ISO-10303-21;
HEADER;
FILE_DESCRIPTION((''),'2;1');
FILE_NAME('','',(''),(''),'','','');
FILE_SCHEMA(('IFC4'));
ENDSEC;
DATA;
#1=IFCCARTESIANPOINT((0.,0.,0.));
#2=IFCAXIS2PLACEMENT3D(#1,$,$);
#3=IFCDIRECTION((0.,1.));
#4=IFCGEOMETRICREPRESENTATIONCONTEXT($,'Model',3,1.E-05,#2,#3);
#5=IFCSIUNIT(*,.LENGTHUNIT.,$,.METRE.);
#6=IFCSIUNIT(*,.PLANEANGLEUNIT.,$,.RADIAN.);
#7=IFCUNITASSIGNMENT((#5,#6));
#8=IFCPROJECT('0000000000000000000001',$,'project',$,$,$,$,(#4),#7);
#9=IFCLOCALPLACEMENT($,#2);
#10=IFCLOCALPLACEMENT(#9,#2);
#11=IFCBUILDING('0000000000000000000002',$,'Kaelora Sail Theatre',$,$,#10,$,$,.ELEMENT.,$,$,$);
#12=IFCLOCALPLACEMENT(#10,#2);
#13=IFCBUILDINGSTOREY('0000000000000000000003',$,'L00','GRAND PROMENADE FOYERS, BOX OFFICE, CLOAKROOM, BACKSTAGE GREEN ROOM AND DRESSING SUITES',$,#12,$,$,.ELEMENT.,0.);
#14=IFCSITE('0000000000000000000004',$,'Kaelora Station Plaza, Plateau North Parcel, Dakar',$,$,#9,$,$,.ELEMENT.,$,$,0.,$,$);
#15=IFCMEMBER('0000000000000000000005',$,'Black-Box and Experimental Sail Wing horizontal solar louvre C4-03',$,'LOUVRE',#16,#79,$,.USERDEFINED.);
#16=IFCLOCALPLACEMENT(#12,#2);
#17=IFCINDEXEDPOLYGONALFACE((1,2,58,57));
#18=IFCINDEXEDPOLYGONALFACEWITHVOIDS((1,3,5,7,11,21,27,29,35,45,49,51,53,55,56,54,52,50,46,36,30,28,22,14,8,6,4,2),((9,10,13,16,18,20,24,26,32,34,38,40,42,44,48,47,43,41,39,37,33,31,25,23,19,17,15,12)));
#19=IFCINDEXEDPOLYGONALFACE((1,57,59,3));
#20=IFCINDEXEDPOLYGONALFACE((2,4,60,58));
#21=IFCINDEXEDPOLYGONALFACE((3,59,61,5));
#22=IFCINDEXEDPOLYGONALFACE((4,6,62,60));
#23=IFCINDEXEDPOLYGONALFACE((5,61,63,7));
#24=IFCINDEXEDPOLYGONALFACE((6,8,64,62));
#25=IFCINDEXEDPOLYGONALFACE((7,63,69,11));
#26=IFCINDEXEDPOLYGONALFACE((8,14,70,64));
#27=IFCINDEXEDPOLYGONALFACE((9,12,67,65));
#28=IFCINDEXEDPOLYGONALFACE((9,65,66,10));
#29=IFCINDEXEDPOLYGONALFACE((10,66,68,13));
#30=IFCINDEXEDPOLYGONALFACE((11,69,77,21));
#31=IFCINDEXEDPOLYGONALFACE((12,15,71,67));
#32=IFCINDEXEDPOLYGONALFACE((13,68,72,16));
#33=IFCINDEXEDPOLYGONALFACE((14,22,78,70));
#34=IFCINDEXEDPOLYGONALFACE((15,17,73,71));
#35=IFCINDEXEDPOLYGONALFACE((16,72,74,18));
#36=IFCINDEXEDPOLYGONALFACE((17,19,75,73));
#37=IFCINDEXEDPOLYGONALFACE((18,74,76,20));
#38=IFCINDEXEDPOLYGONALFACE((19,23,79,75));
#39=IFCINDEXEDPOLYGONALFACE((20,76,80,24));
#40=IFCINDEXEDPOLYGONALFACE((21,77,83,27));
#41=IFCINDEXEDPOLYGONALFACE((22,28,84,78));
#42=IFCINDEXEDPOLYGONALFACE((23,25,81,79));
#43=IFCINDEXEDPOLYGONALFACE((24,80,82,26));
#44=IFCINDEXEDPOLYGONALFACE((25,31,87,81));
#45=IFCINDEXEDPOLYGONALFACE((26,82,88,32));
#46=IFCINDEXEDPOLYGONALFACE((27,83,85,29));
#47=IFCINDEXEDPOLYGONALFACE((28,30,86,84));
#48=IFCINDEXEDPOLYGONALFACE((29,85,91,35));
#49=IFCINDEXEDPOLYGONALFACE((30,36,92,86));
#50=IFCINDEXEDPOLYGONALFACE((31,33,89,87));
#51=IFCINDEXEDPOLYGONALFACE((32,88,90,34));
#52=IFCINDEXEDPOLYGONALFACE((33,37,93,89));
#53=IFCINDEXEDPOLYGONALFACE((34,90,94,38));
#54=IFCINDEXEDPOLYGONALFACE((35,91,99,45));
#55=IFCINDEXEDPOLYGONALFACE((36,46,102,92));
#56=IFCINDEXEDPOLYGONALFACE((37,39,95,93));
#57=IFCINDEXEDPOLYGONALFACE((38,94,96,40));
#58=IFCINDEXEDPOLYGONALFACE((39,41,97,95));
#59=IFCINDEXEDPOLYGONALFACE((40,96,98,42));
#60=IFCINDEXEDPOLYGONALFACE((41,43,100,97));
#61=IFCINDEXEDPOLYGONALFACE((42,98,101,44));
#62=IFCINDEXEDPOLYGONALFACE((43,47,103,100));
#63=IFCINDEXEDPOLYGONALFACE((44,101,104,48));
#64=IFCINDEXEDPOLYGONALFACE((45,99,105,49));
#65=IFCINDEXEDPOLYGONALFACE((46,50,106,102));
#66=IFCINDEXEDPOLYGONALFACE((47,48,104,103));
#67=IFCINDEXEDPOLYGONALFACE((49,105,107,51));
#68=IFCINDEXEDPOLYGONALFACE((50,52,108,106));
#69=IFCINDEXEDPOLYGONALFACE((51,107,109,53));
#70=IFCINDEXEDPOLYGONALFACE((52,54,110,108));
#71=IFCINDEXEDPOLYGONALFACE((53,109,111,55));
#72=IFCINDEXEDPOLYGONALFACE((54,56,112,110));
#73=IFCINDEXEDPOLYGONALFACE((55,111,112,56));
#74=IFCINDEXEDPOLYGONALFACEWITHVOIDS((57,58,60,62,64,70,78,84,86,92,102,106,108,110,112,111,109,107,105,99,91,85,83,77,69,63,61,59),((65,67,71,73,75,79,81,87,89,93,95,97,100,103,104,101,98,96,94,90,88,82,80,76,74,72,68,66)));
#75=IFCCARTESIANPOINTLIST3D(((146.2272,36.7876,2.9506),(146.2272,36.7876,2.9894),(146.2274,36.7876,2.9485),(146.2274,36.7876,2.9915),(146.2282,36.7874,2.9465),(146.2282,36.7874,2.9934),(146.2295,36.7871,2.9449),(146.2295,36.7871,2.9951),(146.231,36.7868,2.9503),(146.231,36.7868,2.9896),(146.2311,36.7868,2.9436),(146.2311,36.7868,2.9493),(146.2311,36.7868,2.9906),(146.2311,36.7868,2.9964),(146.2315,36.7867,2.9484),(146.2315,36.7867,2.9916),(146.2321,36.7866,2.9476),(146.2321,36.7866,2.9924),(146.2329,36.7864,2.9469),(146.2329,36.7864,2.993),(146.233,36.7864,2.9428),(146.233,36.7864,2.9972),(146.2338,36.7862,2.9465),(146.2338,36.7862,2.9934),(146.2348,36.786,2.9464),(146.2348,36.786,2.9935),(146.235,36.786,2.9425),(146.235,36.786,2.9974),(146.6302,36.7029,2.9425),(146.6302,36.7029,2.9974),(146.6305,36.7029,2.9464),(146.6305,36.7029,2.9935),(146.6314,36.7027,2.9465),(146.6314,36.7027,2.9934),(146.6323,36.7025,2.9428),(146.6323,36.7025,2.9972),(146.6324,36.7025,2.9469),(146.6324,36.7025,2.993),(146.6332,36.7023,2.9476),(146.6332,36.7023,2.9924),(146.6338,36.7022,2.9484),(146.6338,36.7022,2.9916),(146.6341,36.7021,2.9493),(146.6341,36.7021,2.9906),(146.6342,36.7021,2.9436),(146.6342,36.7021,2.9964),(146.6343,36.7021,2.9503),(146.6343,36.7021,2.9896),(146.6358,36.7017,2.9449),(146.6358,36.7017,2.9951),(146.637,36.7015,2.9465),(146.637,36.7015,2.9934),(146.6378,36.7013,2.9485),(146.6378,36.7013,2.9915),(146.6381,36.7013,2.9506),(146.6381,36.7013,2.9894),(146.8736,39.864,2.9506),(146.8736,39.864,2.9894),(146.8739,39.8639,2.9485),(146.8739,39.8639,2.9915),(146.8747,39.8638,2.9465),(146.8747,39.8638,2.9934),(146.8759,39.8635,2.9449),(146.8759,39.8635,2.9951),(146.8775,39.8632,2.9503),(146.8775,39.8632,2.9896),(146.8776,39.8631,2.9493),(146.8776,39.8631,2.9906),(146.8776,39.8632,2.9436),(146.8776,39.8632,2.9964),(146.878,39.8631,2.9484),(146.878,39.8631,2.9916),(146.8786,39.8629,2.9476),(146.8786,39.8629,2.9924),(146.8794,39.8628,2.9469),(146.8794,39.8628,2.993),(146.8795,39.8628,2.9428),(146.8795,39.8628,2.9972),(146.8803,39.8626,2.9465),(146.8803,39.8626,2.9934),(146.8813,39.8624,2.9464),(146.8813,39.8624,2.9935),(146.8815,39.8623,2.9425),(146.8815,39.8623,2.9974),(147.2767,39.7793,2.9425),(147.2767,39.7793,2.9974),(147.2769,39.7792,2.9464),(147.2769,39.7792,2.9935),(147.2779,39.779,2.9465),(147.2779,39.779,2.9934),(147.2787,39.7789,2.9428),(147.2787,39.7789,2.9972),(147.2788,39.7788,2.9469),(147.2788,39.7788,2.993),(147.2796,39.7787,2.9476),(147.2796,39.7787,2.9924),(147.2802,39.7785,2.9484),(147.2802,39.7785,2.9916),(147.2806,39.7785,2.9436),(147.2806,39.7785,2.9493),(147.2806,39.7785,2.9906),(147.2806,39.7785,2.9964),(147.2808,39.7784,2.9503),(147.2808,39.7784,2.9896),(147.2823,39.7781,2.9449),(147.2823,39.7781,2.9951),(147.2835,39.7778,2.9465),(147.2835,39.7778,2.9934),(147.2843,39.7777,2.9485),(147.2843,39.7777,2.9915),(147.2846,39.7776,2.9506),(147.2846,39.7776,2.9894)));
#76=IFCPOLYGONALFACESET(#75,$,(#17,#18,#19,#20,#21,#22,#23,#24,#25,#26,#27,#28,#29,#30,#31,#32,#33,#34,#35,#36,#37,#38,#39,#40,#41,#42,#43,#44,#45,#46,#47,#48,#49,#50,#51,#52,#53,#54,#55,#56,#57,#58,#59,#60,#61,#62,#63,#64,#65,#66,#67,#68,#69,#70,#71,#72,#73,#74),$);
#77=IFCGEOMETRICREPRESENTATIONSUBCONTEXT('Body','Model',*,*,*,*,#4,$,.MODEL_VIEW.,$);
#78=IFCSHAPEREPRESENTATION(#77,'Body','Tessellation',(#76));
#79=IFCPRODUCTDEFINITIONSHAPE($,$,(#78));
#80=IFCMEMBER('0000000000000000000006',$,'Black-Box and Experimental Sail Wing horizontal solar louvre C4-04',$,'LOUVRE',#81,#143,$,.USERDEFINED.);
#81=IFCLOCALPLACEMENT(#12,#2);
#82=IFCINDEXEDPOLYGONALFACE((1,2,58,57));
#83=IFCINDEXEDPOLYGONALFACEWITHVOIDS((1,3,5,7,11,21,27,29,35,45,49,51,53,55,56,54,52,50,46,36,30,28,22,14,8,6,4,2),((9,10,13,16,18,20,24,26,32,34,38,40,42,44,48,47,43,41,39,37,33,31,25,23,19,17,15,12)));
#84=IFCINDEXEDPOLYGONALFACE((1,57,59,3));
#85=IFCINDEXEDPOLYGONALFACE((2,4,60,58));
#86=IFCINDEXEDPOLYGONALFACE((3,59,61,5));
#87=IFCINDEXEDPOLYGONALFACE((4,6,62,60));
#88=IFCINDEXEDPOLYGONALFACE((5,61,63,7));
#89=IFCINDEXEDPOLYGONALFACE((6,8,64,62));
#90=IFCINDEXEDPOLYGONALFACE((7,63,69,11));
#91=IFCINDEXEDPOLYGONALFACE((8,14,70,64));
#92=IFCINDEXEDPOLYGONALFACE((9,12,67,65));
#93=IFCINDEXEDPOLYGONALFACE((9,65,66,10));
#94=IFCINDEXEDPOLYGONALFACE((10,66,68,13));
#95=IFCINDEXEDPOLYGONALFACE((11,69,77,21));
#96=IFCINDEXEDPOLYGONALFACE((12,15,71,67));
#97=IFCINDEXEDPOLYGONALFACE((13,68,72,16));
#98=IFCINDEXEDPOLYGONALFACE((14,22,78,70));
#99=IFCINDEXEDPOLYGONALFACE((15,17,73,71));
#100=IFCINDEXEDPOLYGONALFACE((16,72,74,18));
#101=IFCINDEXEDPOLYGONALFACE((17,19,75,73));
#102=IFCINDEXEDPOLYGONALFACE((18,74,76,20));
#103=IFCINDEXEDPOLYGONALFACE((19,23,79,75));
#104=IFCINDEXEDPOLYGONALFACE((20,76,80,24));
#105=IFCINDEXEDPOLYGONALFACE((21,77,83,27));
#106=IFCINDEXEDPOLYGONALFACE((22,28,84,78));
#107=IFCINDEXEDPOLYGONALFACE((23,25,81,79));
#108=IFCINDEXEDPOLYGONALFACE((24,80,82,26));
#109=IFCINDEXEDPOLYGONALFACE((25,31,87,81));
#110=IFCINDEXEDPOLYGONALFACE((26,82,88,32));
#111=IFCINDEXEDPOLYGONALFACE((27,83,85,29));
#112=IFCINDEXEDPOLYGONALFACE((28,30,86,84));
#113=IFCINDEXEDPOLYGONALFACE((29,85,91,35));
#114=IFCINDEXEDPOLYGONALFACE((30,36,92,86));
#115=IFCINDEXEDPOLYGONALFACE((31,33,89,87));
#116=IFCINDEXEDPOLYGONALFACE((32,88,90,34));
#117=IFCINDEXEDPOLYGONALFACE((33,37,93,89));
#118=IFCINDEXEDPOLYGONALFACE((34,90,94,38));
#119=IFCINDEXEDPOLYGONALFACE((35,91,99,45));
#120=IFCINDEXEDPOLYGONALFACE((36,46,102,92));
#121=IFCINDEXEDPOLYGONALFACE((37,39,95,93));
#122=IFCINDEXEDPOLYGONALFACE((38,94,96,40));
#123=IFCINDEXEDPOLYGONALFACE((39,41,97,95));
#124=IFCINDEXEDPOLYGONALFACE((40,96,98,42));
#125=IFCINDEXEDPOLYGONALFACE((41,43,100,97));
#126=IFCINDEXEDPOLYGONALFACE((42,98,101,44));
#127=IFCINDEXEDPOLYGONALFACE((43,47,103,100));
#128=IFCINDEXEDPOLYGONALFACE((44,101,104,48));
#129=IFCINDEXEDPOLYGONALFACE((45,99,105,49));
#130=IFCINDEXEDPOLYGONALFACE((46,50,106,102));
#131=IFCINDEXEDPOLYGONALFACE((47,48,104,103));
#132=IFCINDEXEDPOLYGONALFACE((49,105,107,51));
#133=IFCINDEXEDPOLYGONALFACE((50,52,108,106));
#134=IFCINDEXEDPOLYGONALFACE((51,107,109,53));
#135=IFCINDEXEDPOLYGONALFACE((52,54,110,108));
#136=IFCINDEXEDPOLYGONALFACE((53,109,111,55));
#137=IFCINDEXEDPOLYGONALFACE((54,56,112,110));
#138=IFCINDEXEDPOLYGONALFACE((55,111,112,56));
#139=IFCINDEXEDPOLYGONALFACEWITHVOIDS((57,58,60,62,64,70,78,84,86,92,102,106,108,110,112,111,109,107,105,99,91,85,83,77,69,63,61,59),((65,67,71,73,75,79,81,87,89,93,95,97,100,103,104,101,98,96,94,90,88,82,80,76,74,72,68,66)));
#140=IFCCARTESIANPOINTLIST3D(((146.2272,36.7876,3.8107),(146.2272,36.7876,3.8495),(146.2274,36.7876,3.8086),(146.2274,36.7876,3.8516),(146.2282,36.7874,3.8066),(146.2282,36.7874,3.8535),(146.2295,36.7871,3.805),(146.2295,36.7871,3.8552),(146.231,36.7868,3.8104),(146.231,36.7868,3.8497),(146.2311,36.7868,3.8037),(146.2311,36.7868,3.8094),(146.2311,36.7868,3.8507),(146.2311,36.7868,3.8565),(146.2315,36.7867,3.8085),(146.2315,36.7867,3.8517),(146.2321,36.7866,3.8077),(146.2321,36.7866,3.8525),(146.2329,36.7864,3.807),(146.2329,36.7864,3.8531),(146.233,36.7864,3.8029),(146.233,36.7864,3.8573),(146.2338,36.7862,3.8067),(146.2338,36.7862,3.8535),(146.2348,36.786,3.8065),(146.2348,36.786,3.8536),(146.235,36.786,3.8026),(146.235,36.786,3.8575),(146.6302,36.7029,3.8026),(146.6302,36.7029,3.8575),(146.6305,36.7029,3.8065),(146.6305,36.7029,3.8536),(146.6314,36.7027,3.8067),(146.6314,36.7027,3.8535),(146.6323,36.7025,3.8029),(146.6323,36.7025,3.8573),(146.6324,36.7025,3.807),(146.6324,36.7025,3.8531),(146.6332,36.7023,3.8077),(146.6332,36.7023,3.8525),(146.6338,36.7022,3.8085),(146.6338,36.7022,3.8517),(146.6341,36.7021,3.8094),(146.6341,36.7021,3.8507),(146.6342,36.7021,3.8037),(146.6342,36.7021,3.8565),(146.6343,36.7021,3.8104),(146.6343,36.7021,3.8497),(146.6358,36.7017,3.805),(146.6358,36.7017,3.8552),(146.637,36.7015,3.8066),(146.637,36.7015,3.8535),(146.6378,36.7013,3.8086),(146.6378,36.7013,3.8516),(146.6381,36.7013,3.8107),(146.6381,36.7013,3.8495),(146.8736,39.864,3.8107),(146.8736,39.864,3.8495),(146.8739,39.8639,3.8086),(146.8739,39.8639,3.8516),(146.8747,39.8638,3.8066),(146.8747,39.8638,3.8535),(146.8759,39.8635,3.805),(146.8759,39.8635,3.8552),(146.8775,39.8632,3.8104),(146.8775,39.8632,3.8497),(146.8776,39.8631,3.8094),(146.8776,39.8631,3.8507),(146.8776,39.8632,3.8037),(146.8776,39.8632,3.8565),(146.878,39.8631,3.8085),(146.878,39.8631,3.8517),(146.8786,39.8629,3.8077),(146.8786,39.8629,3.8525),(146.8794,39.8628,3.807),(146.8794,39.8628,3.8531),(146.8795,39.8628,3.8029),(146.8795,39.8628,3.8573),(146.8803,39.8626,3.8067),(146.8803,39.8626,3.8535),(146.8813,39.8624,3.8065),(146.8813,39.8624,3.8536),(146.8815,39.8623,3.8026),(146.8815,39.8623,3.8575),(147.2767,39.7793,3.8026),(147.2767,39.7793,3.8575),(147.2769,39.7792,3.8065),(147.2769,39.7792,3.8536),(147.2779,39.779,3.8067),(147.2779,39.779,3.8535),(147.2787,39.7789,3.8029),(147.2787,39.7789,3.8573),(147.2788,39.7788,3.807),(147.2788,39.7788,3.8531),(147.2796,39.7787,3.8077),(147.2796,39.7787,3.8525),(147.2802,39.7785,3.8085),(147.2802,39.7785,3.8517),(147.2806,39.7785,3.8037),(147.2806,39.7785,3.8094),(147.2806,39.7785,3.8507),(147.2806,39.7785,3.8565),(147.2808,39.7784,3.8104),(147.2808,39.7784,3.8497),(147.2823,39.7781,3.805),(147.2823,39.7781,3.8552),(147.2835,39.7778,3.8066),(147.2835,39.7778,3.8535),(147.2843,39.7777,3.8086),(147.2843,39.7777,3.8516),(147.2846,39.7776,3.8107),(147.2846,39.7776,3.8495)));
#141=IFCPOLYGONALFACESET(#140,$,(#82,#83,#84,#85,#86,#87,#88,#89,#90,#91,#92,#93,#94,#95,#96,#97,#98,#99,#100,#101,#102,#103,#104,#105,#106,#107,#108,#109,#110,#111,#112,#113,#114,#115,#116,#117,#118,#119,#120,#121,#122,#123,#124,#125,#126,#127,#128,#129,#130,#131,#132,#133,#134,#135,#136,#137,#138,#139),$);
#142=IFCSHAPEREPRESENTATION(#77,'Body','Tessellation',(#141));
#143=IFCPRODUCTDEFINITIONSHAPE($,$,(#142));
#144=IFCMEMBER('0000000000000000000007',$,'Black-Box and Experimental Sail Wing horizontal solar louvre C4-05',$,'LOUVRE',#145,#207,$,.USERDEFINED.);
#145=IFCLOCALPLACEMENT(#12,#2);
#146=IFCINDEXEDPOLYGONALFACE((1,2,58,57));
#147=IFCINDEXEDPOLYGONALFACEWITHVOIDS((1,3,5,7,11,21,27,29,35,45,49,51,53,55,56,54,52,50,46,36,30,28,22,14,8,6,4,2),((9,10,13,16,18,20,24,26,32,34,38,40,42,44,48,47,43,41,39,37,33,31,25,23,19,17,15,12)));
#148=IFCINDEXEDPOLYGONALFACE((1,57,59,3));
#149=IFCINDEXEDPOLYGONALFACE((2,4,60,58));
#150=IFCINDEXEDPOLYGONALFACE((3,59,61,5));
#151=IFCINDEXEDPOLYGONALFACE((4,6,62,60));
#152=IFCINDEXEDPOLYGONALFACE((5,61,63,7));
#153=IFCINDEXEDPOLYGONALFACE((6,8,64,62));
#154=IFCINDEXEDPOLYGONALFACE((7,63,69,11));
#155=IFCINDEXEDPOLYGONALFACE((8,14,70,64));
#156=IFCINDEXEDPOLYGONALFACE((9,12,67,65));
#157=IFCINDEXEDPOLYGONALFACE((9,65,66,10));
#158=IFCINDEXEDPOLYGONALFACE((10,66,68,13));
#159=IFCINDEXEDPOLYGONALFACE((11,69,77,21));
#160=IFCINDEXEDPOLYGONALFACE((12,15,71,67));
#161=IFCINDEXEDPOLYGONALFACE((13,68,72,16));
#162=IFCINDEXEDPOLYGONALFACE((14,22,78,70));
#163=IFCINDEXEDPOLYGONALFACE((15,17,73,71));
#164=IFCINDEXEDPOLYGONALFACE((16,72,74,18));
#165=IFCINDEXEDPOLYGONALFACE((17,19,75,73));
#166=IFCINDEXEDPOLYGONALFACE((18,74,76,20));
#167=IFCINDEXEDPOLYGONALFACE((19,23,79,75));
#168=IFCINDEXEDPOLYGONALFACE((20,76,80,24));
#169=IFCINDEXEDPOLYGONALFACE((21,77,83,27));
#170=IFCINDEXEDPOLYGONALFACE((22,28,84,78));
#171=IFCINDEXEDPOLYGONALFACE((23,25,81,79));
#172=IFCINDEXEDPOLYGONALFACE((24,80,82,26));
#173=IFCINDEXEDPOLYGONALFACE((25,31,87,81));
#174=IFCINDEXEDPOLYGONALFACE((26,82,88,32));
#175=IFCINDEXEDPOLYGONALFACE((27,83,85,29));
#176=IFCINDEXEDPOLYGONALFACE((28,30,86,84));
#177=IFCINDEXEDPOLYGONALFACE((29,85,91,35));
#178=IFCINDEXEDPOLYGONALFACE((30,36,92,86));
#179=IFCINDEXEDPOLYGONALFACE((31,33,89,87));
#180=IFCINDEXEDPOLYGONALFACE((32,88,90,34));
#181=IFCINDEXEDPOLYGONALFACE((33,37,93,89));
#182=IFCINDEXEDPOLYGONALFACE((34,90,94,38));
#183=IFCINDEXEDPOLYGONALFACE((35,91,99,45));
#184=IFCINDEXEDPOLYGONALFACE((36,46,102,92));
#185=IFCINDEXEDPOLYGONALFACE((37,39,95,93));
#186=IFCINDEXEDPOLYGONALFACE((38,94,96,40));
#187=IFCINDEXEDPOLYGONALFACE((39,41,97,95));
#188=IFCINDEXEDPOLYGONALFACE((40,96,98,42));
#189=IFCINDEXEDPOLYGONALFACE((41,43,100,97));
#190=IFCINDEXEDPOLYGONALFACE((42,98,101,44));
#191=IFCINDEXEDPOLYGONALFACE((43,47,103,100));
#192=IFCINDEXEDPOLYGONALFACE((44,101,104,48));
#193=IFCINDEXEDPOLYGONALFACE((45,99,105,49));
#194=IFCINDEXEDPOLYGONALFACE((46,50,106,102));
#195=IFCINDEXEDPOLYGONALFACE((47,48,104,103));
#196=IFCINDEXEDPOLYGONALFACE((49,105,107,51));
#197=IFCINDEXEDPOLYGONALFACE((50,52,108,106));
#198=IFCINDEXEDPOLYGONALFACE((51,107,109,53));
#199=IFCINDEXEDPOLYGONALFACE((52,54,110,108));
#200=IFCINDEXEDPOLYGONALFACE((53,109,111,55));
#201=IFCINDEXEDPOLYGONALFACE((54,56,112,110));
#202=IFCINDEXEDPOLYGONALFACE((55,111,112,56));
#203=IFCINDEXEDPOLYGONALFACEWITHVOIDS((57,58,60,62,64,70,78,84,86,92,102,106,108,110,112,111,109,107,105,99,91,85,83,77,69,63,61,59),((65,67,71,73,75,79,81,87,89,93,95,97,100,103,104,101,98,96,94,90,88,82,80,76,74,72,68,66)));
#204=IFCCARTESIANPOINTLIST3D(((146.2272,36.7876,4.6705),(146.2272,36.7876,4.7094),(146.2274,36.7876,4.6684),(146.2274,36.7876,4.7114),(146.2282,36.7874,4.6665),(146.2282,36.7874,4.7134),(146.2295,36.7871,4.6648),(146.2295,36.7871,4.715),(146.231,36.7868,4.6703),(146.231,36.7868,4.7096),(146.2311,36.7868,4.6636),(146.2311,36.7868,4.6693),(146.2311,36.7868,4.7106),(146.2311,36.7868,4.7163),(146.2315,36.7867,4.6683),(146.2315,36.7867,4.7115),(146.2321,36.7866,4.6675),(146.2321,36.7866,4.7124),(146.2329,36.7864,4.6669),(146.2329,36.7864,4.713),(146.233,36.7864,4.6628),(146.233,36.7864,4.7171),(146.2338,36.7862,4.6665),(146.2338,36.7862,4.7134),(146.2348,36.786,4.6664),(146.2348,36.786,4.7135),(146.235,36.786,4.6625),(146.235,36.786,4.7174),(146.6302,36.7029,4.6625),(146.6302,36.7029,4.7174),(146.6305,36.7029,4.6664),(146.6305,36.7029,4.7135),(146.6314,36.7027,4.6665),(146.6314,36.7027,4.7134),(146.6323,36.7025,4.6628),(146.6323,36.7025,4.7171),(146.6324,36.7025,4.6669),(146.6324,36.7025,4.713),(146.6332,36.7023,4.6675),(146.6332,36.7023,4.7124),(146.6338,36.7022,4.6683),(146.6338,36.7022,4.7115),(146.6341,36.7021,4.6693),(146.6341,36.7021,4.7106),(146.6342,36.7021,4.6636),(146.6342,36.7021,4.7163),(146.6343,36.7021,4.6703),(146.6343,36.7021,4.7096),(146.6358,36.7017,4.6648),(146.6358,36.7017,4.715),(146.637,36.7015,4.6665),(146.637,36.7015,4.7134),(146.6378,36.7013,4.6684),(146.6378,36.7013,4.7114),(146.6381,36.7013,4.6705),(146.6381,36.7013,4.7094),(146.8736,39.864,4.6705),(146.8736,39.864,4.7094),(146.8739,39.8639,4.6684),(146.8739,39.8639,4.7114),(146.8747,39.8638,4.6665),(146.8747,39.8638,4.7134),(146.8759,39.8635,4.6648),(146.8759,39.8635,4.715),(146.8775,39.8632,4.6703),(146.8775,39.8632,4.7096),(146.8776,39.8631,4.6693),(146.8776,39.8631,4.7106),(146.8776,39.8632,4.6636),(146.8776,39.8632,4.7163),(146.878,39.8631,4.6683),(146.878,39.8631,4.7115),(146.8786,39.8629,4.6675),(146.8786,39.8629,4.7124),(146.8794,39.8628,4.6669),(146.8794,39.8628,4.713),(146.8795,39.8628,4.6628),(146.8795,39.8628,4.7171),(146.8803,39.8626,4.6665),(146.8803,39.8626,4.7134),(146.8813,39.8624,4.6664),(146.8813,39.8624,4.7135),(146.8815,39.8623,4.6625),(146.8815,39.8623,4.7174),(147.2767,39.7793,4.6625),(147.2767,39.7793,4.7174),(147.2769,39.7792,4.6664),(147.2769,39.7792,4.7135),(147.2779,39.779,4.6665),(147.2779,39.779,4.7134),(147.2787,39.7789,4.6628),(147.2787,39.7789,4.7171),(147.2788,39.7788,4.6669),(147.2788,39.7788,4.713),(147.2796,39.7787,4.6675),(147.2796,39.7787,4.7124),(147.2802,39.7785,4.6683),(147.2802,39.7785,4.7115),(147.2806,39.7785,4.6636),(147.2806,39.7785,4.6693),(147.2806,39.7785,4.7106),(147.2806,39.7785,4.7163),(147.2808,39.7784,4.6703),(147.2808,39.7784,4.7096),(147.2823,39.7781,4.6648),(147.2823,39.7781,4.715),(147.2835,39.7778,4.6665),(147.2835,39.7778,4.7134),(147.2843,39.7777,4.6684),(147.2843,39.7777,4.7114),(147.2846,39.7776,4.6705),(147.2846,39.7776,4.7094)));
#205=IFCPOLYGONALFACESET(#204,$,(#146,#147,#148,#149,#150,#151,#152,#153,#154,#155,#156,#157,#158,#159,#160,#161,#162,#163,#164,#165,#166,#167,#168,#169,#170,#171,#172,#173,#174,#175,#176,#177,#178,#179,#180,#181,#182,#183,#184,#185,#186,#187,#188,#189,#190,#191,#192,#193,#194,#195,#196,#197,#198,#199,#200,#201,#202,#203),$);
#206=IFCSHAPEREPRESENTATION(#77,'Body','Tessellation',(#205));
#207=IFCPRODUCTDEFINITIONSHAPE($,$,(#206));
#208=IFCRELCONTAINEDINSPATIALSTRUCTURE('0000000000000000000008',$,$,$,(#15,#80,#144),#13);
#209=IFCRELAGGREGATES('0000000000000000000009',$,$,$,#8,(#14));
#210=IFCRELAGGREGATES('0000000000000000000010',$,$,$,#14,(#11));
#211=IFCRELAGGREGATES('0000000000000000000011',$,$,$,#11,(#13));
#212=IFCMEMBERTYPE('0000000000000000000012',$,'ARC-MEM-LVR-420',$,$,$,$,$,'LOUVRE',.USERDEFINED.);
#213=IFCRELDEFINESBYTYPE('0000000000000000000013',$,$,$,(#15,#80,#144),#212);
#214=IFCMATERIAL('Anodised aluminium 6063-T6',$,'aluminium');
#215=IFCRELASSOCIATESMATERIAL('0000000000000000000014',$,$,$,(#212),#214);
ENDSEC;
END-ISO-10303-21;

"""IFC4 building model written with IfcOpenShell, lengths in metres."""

from ifc_helpers import new_model, si_unit, direction, frame, origin, origin_2d, place, context, subcontext, project, spatial, hollow_rectangle, extrude, material, material_profile, profile_set, type_object, element, save


model = new_model("IFC4")

# Units and contexts
model_context = context("Model", 3, precision=1e-05, world=origin(), true_north=direction((0.0, 1.0)))
body_context = subcontext(model_context, "Body", "Model", "MODEL_VIEW")
ifc_project = project(units=[si_unit("LENGTHUNIT", "METRE"), si_unit("PLANEANGLEUNIT", "RADIAN")], contexts=[model_context])

# Site, building, storey
site_placement = place(None, origin())
site = spatial("IfcSite", under=ifc_project, at=site_placement, Name="Kaelora Station Plaza, Plateau North Parcel, Dakar", CompositionType="ELEMENT", RefElevation=0.0)
building_placement = place(site_placement, origin())
building = spatial("IfcBuilding", under=site, at=building_placement, Name="Kaelora Sail Theatre", CompositionType="ELEMENT")
storey_placement = place(building_placement, origin())
storey = spatial("IfcBuildingStorey", under=building, at=storey_placement, Name="L00", Description="GRAND PROMENADE FOYERS, BOX OFFICE, CLOAKROOM, BACKSTAGE GREEN ROOM AND DRESSING SUITES", CompositionType="ELEMENT", Elevation=0.0)

# Members
ifc_material_1 = material(Name="Anodised aluminium 6063-T6", Category="aluminium")
ifc_material_profile_1 = material_profile(ifc_material_1, hollow_rectangle(XDim=0.4199, YDim=0.0549, WallThickness=0.0039, InnerFilletRadius=0.0039, OuterFilletRadius=0.0081, at=origin_2d()), Name="LOUVRE 420x55x4")
ifc_profile_set_1 = profile_set([ifc_material_profile_1], Name="Anodised aluminium 6063-T6")
member_type_1 = type_object("IfcMemberType", Name="ARC-MEM-LVR-420", ElementType="LOUVRE", PredefinedType="USERDEFINED", material=ifc_profile_set_1)
for number, where, z_axis, x_axis, name in (
    (1, (147.0791, 39.8208, 2.97), (-0.20565, -0.978626, 0.0), (0.978626, -0.20565, 0.0), "Black-Box and Experimental Sail Wing horizontal solar louvre C4-03"),
    (2, (147.0791, 39.8208, 3.8301), (-0.20565, -0.978626, 0.0), (0.978626, -0.20565, 0.0), "Black-Box and Experimental Sail Wing horizontal solar louvre C4-04"),
    (3, (147.0791, 39.8208, 4.6899), (-0.20565, -0.978626, 0.0), (0.978626, -0.20565, 0.0), "Black-Box and Experimental Sail Wing horizontal solar louvre C4-05"),
):
    element("IfcMember", number, at=place(storey_placement, frame(where, z_axis=z_axis, x_axis=x_axis)), inside=storey, type_object=member_type_1, Name=name, ObjectType="LOUVRE", PredefinedType="USERDEFINED", context=body_context, shape_type="SweptSolid", body=[
        extrude(hollow_rectangle(XDim=0.4199, YDim=0.0549, WallThickness=0.0039, InnerFilletRadius=0.0039, OuterFilletRadius=0.0081, at=origin_2d()), origin(), (0.0, 0.0, 1.0), 3.1436),
    ])

save(model, "model.ifc")
